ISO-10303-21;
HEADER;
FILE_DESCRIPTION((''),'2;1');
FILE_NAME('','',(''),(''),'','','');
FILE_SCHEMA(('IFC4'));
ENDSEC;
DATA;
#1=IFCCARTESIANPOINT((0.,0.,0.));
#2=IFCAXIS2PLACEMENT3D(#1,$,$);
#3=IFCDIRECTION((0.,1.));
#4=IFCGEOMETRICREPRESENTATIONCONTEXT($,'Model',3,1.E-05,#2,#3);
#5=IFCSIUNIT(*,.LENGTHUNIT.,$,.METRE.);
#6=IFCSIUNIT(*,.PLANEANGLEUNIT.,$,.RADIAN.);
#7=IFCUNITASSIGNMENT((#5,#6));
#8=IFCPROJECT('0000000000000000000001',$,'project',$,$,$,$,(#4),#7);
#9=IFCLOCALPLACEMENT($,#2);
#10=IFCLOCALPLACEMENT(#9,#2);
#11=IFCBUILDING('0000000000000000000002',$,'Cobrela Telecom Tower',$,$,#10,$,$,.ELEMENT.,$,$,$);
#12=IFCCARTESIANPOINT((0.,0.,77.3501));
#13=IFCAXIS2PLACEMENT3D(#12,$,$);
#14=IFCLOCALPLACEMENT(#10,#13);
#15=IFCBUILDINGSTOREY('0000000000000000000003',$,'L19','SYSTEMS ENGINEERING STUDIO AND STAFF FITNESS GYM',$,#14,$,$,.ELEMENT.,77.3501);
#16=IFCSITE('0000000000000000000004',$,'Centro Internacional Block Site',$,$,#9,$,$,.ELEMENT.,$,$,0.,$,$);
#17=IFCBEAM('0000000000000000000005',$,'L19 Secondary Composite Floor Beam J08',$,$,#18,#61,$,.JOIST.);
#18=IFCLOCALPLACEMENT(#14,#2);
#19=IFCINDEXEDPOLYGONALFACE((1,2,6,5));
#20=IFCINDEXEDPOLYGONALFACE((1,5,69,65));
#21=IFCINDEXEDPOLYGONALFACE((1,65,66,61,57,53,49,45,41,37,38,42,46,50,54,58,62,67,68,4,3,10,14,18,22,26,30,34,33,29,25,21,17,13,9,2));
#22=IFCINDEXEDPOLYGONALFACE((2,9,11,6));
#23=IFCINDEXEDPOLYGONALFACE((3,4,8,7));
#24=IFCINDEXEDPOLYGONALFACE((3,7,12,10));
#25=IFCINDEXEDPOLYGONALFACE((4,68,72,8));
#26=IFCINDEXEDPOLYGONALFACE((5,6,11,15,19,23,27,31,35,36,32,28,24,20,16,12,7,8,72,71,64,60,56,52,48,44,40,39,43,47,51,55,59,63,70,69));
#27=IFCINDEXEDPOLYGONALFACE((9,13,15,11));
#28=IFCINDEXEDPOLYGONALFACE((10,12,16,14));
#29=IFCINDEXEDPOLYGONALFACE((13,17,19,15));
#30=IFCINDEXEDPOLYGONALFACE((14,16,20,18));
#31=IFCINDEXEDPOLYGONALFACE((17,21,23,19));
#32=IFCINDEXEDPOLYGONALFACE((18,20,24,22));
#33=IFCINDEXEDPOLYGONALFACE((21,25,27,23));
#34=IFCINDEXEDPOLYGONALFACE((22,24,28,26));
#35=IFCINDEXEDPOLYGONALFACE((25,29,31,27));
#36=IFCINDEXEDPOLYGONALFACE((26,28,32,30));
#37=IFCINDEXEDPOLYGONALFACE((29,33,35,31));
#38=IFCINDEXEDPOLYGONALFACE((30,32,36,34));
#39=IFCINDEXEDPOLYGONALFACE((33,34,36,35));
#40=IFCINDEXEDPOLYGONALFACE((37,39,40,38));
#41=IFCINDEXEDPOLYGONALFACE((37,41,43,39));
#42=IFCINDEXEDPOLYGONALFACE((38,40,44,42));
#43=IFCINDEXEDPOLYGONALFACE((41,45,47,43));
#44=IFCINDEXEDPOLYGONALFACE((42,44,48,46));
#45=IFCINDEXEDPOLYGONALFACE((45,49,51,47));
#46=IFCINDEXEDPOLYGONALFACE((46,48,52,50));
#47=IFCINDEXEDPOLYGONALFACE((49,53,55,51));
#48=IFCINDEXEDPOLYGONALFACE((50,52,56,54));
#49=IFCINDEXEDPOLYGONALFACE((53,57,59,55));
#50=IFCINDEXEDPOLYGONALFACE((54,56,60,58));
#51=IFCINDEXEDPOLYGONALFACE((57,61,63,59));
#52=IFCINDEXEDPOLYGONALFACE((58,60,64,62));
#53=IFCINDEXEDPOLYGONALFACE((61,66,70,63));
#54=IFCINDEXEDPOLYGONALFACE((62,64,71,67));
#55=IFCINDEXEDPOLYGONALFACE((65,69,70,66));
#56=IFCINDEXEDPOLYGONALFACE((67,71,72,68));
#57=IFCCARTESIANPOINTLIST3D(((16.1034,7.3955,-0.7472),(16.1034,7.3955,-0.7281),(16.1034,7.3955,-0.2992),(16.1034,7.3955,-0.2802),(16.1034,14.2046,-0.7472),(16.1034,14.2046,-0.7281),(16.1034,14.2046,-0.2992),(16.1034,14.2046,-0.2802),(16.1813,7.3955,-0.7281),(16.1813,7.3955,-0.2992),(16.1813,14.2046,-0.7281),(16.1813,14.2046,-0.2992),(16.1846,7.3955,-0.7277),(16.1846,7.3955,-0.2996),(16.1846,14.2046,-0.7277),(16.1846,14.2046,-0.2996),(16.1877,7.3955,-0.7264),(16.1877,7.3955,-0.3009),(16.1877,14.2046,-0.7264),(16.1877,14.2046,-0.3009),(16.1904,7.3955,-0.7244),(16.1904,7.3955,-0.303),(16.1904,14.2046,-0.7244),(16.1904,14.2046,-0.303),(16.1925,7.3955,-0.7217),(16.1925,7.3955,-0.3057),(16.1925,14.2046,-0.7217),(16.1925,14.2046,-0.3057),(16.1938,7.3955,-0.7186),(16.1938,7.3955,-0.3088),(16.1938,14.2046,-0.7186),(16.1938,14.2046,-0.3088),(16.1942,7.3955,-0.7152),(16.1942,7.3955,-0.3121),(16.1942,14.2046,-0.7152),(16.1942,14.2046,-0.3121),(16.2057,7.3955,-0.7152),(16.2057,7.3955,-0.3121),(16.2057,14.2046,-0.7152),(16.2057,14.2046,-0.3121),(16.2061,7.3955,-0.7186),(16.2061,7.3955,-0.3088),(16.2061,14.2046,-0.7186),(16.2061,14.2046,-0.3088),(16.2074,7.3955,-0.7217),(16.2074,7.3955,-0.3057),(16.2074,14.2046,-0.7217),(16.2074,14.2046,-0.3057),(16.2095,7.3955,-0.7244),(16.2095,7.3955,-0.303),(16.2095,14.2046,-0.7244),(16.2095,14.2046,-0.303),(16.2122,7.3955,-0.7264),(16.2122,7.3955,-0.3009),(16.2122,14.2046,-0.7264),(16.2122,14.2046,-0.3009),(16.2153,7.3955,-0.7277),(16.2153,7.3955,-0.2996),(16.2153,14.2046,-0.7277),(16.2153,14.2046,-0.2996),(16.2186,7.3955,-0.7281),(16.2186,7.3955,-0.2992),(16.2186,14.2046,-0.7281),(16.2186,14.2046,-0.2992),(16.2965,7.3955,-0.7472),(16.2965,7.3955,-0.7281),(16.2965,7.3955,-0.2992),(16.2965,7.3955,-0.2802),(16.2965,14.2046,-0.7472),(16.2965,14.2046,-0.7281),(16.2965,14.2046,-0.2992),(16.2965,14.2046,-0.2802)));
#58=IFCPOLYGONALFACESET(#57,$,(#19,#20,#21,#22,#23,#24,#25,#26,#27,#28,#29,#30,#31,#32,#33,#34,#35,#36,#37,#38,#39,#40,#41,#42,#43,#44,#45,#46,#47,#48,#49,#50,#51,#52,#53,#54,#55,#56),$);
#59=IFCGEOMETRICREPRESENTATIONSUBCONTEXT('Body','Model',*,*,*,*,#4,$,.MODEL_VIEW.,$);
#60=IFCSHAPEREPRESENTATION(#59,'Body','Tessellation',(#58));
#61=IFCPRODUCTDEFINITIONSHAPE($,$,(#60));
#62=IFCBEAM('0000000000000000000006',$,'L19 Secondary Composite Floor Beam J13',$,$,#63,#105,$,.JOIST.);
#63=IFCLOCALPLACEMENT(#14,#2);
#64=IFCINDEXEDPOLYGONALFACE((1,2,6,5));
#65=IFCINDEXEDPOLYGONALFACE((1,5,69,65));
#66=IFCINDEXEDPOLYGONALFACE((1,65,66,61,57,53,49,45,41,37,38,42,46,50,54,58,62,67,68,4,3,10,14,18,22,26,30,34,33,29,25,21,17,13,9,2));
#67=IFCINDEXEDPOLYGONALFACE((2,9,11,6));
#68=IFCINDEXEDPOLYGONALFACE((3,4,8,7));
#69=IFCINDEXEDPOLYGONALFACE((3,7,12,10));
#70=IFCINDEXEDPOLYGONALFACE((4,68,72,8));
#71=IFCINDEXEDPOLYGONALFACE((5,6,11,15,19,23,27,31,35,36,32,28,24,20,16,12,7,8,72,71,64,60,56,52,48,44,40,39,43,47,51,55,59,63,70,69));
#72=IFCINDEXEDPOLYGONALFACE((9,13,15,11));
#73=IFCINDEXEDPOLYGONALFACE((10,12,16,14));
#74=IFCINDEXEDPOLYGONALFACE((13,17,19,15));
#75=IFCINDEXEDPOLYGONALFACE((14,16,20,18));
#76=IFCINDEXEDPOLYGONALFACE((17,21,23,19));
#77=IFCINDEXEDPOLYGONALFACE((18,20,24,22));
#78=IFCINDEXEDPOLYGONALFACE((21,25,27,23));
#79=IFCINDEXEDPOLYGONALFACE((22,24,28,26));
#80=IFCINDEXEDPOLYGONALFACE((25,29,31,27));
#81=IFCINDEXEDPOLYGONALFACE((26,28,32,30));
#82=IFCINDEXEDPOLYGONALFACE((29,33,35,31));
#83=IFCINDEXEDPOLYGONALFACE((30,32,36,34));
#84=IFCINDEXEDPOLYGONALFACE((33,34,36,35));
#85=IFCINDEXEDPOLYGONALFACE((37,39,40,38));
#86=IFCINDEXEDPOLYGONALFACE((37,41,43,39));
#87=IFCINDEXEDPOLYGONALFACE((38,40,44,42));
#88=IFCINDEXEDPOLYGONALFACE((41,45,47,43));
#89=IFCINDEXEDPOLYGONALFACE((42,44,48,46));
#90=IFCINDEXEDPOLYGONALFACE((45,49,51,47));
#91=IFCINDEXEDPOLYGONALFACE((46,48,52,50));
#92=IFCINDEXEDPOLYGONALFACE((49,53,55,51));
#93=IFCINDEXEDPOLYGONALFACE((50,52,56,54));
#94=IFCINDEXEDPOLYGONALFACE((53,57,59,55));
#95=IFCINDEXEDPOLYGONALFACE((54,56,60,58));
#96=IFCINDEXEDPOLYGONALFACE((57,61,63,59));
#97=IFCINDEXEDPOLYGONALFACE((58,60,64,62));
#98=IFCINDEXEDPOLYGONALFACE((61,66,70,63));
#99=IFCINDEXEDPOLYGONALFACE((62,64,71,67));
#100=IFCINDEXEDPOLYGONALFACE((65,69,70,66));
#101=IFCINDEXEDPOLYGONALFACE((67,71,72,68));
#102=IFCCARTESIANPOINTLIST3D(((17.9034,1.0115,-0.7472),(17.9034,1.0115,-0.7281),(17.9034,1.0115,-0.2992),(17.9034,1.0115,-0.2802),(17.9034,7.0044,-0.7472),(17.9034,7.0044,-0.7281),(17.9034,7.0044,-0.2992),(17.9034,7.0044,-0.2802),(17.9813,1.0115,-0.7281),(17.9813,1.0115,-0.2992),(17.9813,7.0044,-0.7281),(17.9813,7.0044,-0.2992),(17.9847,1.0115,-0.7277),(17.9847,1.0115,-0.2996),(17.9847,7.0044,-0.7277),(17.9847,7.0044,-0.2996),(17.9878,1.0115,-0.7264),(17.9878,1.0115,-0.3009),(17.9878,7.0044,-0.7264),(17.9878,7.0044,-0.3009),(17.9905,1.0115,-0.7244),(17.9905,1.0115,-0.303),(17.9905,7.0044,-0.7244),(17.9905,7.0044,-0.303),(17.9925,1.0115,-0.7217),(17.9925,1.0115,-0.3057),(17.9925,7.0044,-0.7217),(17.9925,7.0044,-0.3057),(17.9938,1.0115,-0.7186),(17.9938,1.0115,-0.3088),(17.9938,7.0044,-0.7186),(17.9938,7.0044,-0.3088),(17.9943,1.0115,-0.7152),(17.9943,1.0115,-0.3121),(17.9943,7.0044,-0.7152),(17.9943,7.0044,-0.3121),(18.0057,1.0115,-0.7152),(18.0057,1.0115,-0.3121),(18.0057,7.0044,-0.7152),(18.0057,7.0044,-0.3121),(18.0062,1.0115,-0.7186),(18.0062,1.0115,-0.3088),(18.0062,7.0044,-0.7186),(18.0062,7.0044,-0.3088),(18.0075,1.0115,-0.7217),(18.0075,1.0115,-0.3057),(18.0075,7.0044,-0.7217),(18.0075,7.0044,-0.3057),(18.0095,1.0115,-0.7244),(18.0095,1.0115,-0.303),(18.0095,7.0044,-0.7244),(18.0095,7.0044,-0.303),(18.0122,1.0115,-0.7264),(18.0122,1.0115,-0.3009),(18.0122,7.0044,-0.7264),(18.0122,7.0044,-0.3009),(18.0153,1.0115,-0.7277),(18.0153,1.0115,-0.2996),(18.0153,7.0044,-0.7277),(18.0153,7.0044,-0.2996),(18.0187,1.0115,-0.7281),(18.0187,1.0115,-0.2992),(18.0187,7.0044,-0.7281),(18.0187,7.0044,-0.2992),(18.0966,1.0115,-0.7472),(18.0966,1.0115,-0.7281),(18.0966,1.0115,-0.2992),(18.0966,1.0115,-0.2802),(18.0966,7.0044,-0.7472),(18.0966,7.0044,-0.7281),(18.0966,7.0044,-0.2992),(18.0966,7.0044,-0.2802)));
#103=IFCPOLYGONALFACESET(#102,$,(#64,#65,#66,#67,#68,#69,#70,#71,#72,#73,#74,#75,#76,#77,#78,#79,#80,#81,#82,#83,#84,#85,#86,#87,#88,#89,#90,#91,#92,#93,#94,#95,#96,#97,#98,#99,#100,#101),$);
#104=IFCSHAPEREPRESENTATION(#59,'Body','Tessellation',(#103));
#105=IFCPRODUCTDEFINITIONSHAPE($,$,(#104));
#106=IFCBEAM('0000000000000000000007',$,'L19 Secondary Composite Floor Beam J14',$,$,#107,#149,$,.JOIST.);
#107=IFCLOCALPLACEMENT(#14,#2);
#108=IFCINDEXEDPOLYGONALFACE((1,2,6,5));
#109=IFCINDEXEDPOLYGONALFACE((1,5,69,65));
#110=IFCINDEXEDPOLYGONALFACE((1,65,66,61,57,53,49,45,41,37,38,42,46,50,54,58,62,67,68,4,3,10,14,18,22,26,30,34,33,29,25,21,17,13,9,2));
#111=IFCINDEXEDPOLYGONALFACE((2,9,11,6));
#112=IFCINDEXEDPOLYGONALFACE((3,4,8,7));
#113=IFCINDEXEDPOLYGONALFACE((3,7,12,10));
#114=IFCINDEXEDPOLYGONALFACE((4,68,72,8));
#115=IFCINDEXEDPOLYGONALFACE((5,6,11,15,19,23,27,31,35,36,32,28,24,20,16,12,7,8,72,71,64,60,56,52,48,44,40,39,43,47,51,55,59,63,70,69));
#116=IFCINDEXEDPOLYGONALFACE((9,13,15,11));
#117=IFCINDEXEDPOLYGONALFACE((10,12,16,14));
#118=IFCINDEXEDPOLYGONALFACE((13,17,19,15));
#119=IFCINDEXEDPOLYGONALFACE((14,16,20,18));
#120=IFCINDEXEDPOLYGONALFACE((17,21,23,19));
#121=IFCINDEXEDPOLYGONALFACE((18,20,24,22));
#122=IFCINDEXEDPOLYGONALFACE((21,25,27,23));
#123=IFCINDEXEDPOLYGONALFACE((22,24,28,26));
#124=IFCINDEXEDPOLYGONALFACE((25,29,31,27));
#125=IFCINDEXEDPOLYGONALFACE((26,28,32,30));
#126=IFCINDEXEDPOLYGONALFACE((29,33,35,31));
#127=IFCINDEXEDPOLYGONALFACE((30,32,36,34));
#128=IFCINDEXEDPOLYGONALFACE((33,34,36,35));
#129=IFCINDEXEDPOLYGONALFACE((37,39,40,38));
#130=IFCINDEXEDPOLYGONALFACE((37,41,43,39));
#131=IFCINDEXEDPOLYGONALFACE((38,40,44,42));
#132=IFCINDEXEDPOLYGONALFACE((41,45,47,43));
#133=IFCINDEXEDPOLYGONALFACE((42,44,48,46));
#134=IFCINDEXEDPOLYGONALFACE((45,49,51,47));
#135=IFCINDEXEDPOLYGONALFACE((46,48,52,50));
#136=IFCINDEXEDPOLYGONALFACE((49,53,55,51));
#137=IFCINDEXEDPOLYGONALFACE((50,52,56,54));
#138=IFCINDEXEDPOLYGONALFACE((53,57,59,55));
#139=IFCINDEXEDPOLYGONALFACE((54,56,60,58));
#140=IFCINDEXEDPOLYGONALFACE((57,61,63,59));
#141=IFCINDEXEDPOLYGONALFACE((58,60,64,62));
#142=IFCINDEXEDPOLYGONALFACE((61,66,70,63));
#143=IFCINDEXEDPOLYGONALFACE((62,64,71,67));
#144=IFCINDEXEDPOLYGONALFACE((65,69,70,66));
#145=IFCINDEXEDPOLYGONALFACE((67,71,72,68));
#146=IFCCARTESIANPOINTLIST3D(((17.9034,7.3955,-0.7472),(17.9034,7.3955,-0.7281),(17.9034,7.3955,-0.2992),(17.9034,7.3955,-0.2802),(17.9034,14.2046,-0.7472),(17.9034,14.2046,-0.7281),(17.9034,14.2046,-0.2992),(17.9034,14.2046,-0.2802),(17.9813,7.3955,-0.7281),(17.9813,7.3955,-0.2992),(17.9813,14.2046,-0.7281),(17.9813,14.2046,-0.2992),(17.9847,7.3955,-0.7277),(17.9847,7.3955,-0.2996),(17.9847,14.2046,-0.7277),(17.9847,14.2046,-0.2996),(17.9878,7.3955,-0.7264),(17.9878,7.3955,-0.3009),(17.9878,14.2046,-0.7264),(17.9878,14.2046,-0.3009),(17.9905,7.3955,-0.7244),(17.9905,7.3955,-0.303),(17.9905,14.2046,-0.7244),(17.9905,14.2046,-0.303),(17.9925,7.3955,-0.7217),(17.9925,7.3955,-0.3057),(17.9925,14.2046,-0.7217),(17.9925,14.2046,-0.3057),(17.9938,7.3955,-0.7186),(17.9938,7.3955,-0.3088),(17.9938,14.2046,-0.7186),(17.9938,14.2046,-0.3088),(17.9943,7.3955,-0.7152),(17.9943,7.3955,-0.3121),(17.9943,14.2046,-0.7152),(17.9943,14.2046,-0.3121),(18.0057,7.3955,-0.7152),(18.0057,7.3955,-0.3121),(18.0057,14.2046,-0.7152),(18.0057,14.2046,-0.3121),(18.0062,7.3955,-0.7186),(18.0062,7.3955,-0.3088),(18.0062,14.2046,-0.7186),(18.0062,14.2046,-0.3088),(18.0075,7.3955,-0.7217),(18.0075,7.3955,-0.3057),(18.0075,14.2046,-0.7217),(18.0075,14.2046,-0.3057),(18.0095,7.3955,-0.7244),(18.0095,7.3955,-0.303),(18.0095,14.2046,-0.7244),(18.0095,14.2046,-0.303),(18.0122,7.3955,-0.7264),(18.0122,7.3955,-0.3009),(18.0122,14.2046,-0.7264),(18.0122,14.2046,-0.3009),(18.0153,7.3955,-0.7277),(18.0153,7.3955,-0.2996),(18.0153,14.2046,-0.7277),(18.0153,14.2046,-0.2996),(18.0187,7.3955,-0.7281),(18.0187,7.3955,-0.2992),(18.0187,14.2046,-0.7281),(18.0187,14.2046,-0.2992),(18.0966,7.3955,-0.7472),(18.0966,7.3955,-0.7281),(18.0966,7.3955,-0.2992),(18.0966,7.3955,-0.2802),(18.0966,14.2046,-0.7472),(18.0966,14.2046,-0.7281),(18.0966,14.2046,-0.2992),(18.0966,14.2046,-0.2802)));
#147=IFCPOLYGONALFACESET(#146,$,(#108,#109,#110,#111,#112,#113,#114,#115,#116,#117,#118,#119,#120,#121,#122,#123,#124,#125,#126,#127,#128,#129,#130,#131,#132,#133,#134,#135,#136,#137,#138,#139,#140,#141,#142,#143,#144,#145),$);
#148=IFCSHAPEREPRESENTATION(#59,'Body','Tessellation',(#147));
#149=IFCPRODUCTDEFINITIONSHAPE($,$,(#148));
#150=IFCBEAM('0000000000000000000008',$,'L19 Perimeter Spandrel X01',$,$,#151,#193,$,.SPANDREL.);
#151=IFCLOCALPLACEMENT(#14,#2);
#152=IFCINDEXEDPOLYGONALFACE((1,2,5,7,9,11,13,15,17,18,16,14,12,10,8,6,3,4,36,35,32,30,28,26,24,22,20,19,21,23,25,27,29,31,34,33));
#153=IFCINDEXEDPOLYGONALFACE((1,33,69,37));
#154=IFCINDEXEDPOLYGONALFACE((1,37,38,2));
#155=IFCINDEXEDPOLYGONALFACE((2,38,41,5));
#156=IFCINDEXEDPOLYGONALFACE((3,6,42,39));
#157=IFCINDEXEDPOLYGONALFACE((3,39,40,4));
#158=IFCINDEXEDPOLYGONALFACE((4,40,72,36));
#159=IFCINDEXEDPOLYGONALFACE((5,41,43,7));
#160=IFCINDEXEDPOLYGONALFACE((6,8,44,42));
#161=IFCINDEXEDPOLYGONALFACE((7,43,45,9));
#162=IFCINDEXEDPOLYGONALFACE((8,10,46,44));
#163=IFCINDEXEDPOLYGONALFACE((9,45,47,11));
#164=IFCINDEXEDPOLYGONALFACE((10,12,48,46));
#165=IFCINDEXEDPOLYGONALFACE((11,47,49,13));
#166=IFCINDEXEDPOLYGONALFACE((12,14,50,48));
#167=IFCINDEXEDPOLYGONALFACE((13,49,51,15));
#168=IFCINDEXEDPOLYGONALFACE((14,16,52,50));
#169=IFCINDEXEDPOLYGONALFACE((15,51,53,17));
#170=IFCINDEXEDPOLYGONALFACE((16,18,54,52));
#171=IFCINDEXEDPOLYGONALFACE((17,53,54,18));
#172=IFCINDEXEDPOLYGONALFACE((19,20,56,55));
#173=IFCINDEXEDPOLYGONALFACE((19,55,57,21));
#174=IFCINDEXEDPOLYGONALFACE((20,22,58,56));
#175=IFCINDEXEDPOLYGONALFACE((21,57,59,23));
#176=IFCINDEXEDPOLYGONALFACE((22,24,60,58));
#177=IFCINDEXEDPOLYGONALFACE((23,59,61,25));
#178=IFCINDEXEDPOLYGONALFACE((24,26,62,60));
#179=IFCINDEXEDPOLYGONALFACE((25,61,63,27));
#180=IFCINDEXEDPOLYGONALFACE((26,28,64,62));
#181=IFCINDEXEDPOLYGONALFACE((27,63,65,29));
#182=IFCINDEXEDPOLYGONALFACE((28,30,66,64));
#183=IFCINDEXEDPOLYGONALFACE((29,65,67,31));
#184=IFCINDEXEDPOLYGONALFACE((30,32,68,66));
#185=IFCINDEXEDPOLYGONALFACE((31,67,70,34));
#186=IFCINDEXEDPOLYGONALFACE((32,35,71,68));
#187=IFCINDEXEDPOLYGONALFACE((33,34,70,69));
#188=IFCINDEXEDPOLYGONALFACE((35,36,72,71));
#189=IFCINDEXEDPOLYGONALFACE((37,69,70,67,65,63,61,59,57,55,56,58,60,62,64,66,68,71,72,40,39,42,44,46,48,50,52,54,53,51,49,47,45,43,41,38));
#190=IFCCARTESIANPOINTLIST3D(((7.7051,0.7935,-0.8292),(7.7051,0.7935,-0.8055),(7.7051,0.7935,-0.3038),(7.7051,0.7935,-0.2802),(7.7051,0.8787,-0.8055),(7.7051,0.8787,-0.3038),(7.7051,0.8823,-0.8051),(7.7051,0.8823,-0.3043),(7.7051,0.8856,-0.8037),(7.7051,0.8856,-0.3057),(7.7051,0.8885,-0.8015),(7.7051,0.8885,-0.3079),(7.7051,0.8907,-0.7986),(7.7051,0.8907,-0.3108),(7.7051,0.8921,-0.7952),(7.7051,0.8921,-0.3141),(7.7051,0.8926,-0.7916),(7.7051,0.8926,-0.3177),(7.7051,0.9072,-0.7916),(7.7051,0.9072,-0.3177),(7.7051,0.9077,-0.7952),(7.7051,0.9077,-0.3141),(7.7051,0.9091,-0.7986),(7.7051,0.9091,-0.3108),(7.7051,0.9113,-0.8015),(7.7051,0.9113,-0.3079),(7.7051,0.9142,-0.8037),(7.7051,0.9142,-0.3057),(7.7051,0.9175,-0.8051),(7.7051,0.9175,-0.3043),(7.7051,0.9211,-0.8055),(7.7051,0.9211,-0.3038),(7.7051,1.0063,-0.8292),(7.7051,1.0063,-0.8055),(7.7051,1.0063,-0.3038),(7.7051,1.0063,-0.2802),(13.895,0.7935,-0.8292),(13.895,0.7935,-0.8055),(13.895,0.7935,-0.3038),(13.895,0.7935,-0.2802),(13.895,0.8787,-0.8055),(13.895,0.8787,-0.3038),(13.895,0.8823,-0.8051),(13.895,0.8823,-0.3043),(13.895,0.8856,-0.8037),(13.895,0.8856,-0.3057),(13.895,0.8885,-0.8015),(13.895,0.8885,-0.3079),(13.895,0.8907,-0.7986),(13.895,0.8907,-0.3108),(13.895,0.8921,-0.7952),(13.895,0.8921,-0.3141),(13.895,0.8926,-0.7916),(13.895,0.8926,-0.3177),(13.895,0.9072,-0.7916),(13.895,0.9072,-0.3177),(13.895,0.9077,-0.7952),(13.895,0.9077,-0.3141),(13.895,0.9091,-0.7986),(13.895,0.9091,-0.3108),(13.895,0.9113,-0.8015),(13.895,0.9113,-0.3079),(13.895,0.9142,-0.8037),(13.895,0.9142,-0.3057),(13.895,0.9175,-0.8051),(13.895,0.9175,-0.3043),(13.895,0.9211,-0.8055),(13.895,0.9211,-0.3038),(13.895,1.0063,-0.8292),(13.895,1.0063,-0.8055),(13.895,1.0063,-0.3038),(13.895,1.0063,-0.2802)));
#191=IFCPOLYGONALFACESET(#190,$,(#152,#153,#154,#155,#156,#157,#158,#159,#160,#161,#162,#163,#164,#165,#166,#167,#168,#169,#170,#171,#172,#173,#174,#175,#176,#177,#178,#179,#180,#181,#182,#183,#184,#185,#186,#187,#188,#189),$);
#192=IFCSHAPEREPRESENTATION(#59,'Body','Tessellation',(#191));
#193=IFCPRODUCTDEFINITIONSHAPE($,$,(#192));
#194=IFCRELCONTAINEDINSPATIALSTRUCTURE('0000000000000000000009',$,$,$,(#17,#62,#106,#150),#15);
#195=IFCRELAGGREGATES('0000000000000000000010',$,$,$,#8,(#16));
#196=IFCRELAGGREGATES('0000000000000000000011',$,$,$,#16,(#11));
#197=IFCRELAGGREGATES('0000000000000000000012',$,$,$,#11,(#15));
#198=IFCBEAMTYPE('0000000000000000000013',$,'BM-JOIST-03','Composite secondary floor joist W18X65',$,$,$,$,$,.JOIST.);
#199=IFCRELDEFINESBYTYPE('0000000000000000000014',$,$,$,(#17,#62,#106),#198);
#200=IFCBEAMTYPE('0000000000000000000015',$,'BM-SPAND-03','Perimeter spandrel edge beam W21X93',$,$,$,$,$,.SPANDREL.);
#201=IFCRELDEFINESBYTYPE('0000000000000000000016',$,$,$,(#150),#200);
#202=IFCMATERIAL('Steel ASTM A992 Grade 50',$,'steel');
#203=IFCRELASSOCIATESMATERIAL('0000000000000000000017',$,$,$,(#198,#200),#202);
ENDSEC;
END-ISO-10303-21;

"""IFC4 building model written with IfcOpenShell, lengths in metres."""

from ifc_helpers import new_model, si_unit, direction, frame, origin, origin_2d, place, context, subcontext, project, spatial, i_section, extrude, material, material_profile, profile_set, type_object, element, save


model = new_model("IFC4")

# Units and contexts
model_context = context("Model", 3, precision=1e-05, world=origin(), true_north=direction((0.0, 1.0)))
body_context = subcontext(model_context, "Body", "Model", "MODEL_VIEW")
ifc_project = project(units=[si_unit("LENGTHUNIT", "METRE"), si_unit("PLANEANGLEUNIT", "RADIAN")], contexts=[model_context])

# Site, building, storey
site_placement = place(None, origin())
site = spatial("IfcSite", under=ifc_project, at=site_placement, Name="Centro Internacional Block Site", CompositionType="ELEMENT", RefElevation=0.0)
building_placement = place(site_placement, origin())
building = spatial("IfcBuilding", under=site, at=building_placement, Name="Cobrela Telecom Tower", CompositionType="ELEMENT")
storey_placement = place(building_placement, frame((0.0, 0.0, 77.3501)))
storey = spatial("IfcBuildingStorey", under=building, at=storey_placement, Name="L19", Description="SYSTEMS ENGINEERING STUDIO AND STAFF FITNESS GYM", CompositionType="ELEMENT", Elevation=77.3501)

# Beams
ifc_material_1 = material(Name="Steel ASTM A992 Grade 50", Category="steel")
ifc_material_profile_1 = material_profile(ifc_material_1, i_section(OverallWidth=0.1931, OverallDepth=0.467, WebThickness=0.0115, FlangeThickness=0.019, FilletRadius=0.0129, at=origin_2d()), Name="W18X65")
ifc_profile_set_1 = profile_set([ifc_material_profile_1], Name="Steel ASTM A992 Grade 50")
beam_type_1 = type_object("IfcBeamType", Name="BM-JOIST-03", Description="Composite secondary floor joist W18X65", PredefinedType="JOIST", material=ifc_profile_set_1)
beam_1_placement = place(storey_placement, frame((16.2, 7.3955, -0.5137), z_axis=(0.0, 1.0, 0.0), x_axis=(-1.0, 0.0, 0.0)))
element("IfcBeam", 1, at=beam_1_placement, inside=storey, type_object=beam_type_1, Name="L19 Secondary Composite Floor Beam J08", PredefinedType="JOIST", context=body_context, shape_type="SweptSolid", body=[
    extrude(i_section(OverallWidth=0.1931, OverallDepth=0.467, WebThickness=0.0115, FlangeThickness=0.019, FilletRadius=0.0129, at=origin_2d()), origin(), (0.0, 0.0, 1.0), 6.8091),
])
beam_2_placement = place(storey_placement, frame((18.0, 1.0115, -0.5137), z_axis=(0.0, 1.0, 0.0), x_axis=(-1.0, 0.0, 0.0)))
element("IfcBeam", 2, at=beam_2_placement, inside=storey, type_object=beam_type_1, Name="L19 Secondary Composite Floor Beam J13", PredefinedType="JOIST", context=body_context, shape_type="SweptSolid", body=[
    extrude(i_section(OverallWidth=0.1931, OverallDepth=0.467, WebThickness=0.0115, FlangeThickness=0.019, FilletRadius=0.0129, at=origin_2d()), origin(), (0.0, 0.0, 1.0), 5.9929),
])
beam_3_placement = place(storey_placement, frame((18.0, 7.3955, -0.5137), z_axis=(0.0, 1.0, 0.0), x_axis=(-1.0, 0.0, 0.0)))
element("IfcBeam", 3, at=beam_3_placement, inside=storey, type_object=beam_type_1, Name="L19 Secondary Composite Floor Beam J14", PredefinedType="JOIST", context=body_context, shape_type="SweptSolid", body=[
    extrude(i_section(OverallWidth=0.1931, OverallDepth=0.467, WebThickness=0.0115, FlangeThickness=0.019, FilletRadius=0.0129, at=origin_2d()), origin(), (0.0, 0.0, 1.0), 6.8091),
])
ifc_material_profile_2 = material_profile(ifc_material_1, i_section(OverallWidth=0.2129, OverallDepth=0.5491, WebThickness=0.0146, FlangeThickness=0.0237, FilletRadius=0.0139, at=origin_2d()), Name="W21X93")
ifc_profile_set_2 = profile_set([ifc_material_profile_2], Name="Steel ASTM A992 Grade 50")
beam_type_2 = type_object("IfcBeamType", Name="BM-SPAND-03", Description="Perimeter spandrel edge beam W21X93", PredefinedType="SPANDREL", material=ifc_profile_set_2)
for number, where, z_axis, x_axis, name in (
    (4, (7.7051, 0.8999, -0.5547), (1.0, 0.0, 0.0), (0.0, 1.0, 0.0), "L19 Perimeter Spandrel X01"),
):
    element("IfcBeam", number, at=place(storey_placement, frame(where, z_axis=z_axis, x_axis=x_axis)), inside=storey, type_object=beam_type_2, Name=name, PredefinedType="SPANDREL", context=body_context, shape_type="SweptSolid", body=[
        extrude(i_section(OverallWidth=0.2129, OverallDepth=0.5491, WebThickness=0.0146, FlangeThickness=0.0237, FilletRadius=0.0139, at=origin_2d()), origin(), (0.0, 0.0, 1.0), 6.1899),
    ])

save(model, "model.ifc")
